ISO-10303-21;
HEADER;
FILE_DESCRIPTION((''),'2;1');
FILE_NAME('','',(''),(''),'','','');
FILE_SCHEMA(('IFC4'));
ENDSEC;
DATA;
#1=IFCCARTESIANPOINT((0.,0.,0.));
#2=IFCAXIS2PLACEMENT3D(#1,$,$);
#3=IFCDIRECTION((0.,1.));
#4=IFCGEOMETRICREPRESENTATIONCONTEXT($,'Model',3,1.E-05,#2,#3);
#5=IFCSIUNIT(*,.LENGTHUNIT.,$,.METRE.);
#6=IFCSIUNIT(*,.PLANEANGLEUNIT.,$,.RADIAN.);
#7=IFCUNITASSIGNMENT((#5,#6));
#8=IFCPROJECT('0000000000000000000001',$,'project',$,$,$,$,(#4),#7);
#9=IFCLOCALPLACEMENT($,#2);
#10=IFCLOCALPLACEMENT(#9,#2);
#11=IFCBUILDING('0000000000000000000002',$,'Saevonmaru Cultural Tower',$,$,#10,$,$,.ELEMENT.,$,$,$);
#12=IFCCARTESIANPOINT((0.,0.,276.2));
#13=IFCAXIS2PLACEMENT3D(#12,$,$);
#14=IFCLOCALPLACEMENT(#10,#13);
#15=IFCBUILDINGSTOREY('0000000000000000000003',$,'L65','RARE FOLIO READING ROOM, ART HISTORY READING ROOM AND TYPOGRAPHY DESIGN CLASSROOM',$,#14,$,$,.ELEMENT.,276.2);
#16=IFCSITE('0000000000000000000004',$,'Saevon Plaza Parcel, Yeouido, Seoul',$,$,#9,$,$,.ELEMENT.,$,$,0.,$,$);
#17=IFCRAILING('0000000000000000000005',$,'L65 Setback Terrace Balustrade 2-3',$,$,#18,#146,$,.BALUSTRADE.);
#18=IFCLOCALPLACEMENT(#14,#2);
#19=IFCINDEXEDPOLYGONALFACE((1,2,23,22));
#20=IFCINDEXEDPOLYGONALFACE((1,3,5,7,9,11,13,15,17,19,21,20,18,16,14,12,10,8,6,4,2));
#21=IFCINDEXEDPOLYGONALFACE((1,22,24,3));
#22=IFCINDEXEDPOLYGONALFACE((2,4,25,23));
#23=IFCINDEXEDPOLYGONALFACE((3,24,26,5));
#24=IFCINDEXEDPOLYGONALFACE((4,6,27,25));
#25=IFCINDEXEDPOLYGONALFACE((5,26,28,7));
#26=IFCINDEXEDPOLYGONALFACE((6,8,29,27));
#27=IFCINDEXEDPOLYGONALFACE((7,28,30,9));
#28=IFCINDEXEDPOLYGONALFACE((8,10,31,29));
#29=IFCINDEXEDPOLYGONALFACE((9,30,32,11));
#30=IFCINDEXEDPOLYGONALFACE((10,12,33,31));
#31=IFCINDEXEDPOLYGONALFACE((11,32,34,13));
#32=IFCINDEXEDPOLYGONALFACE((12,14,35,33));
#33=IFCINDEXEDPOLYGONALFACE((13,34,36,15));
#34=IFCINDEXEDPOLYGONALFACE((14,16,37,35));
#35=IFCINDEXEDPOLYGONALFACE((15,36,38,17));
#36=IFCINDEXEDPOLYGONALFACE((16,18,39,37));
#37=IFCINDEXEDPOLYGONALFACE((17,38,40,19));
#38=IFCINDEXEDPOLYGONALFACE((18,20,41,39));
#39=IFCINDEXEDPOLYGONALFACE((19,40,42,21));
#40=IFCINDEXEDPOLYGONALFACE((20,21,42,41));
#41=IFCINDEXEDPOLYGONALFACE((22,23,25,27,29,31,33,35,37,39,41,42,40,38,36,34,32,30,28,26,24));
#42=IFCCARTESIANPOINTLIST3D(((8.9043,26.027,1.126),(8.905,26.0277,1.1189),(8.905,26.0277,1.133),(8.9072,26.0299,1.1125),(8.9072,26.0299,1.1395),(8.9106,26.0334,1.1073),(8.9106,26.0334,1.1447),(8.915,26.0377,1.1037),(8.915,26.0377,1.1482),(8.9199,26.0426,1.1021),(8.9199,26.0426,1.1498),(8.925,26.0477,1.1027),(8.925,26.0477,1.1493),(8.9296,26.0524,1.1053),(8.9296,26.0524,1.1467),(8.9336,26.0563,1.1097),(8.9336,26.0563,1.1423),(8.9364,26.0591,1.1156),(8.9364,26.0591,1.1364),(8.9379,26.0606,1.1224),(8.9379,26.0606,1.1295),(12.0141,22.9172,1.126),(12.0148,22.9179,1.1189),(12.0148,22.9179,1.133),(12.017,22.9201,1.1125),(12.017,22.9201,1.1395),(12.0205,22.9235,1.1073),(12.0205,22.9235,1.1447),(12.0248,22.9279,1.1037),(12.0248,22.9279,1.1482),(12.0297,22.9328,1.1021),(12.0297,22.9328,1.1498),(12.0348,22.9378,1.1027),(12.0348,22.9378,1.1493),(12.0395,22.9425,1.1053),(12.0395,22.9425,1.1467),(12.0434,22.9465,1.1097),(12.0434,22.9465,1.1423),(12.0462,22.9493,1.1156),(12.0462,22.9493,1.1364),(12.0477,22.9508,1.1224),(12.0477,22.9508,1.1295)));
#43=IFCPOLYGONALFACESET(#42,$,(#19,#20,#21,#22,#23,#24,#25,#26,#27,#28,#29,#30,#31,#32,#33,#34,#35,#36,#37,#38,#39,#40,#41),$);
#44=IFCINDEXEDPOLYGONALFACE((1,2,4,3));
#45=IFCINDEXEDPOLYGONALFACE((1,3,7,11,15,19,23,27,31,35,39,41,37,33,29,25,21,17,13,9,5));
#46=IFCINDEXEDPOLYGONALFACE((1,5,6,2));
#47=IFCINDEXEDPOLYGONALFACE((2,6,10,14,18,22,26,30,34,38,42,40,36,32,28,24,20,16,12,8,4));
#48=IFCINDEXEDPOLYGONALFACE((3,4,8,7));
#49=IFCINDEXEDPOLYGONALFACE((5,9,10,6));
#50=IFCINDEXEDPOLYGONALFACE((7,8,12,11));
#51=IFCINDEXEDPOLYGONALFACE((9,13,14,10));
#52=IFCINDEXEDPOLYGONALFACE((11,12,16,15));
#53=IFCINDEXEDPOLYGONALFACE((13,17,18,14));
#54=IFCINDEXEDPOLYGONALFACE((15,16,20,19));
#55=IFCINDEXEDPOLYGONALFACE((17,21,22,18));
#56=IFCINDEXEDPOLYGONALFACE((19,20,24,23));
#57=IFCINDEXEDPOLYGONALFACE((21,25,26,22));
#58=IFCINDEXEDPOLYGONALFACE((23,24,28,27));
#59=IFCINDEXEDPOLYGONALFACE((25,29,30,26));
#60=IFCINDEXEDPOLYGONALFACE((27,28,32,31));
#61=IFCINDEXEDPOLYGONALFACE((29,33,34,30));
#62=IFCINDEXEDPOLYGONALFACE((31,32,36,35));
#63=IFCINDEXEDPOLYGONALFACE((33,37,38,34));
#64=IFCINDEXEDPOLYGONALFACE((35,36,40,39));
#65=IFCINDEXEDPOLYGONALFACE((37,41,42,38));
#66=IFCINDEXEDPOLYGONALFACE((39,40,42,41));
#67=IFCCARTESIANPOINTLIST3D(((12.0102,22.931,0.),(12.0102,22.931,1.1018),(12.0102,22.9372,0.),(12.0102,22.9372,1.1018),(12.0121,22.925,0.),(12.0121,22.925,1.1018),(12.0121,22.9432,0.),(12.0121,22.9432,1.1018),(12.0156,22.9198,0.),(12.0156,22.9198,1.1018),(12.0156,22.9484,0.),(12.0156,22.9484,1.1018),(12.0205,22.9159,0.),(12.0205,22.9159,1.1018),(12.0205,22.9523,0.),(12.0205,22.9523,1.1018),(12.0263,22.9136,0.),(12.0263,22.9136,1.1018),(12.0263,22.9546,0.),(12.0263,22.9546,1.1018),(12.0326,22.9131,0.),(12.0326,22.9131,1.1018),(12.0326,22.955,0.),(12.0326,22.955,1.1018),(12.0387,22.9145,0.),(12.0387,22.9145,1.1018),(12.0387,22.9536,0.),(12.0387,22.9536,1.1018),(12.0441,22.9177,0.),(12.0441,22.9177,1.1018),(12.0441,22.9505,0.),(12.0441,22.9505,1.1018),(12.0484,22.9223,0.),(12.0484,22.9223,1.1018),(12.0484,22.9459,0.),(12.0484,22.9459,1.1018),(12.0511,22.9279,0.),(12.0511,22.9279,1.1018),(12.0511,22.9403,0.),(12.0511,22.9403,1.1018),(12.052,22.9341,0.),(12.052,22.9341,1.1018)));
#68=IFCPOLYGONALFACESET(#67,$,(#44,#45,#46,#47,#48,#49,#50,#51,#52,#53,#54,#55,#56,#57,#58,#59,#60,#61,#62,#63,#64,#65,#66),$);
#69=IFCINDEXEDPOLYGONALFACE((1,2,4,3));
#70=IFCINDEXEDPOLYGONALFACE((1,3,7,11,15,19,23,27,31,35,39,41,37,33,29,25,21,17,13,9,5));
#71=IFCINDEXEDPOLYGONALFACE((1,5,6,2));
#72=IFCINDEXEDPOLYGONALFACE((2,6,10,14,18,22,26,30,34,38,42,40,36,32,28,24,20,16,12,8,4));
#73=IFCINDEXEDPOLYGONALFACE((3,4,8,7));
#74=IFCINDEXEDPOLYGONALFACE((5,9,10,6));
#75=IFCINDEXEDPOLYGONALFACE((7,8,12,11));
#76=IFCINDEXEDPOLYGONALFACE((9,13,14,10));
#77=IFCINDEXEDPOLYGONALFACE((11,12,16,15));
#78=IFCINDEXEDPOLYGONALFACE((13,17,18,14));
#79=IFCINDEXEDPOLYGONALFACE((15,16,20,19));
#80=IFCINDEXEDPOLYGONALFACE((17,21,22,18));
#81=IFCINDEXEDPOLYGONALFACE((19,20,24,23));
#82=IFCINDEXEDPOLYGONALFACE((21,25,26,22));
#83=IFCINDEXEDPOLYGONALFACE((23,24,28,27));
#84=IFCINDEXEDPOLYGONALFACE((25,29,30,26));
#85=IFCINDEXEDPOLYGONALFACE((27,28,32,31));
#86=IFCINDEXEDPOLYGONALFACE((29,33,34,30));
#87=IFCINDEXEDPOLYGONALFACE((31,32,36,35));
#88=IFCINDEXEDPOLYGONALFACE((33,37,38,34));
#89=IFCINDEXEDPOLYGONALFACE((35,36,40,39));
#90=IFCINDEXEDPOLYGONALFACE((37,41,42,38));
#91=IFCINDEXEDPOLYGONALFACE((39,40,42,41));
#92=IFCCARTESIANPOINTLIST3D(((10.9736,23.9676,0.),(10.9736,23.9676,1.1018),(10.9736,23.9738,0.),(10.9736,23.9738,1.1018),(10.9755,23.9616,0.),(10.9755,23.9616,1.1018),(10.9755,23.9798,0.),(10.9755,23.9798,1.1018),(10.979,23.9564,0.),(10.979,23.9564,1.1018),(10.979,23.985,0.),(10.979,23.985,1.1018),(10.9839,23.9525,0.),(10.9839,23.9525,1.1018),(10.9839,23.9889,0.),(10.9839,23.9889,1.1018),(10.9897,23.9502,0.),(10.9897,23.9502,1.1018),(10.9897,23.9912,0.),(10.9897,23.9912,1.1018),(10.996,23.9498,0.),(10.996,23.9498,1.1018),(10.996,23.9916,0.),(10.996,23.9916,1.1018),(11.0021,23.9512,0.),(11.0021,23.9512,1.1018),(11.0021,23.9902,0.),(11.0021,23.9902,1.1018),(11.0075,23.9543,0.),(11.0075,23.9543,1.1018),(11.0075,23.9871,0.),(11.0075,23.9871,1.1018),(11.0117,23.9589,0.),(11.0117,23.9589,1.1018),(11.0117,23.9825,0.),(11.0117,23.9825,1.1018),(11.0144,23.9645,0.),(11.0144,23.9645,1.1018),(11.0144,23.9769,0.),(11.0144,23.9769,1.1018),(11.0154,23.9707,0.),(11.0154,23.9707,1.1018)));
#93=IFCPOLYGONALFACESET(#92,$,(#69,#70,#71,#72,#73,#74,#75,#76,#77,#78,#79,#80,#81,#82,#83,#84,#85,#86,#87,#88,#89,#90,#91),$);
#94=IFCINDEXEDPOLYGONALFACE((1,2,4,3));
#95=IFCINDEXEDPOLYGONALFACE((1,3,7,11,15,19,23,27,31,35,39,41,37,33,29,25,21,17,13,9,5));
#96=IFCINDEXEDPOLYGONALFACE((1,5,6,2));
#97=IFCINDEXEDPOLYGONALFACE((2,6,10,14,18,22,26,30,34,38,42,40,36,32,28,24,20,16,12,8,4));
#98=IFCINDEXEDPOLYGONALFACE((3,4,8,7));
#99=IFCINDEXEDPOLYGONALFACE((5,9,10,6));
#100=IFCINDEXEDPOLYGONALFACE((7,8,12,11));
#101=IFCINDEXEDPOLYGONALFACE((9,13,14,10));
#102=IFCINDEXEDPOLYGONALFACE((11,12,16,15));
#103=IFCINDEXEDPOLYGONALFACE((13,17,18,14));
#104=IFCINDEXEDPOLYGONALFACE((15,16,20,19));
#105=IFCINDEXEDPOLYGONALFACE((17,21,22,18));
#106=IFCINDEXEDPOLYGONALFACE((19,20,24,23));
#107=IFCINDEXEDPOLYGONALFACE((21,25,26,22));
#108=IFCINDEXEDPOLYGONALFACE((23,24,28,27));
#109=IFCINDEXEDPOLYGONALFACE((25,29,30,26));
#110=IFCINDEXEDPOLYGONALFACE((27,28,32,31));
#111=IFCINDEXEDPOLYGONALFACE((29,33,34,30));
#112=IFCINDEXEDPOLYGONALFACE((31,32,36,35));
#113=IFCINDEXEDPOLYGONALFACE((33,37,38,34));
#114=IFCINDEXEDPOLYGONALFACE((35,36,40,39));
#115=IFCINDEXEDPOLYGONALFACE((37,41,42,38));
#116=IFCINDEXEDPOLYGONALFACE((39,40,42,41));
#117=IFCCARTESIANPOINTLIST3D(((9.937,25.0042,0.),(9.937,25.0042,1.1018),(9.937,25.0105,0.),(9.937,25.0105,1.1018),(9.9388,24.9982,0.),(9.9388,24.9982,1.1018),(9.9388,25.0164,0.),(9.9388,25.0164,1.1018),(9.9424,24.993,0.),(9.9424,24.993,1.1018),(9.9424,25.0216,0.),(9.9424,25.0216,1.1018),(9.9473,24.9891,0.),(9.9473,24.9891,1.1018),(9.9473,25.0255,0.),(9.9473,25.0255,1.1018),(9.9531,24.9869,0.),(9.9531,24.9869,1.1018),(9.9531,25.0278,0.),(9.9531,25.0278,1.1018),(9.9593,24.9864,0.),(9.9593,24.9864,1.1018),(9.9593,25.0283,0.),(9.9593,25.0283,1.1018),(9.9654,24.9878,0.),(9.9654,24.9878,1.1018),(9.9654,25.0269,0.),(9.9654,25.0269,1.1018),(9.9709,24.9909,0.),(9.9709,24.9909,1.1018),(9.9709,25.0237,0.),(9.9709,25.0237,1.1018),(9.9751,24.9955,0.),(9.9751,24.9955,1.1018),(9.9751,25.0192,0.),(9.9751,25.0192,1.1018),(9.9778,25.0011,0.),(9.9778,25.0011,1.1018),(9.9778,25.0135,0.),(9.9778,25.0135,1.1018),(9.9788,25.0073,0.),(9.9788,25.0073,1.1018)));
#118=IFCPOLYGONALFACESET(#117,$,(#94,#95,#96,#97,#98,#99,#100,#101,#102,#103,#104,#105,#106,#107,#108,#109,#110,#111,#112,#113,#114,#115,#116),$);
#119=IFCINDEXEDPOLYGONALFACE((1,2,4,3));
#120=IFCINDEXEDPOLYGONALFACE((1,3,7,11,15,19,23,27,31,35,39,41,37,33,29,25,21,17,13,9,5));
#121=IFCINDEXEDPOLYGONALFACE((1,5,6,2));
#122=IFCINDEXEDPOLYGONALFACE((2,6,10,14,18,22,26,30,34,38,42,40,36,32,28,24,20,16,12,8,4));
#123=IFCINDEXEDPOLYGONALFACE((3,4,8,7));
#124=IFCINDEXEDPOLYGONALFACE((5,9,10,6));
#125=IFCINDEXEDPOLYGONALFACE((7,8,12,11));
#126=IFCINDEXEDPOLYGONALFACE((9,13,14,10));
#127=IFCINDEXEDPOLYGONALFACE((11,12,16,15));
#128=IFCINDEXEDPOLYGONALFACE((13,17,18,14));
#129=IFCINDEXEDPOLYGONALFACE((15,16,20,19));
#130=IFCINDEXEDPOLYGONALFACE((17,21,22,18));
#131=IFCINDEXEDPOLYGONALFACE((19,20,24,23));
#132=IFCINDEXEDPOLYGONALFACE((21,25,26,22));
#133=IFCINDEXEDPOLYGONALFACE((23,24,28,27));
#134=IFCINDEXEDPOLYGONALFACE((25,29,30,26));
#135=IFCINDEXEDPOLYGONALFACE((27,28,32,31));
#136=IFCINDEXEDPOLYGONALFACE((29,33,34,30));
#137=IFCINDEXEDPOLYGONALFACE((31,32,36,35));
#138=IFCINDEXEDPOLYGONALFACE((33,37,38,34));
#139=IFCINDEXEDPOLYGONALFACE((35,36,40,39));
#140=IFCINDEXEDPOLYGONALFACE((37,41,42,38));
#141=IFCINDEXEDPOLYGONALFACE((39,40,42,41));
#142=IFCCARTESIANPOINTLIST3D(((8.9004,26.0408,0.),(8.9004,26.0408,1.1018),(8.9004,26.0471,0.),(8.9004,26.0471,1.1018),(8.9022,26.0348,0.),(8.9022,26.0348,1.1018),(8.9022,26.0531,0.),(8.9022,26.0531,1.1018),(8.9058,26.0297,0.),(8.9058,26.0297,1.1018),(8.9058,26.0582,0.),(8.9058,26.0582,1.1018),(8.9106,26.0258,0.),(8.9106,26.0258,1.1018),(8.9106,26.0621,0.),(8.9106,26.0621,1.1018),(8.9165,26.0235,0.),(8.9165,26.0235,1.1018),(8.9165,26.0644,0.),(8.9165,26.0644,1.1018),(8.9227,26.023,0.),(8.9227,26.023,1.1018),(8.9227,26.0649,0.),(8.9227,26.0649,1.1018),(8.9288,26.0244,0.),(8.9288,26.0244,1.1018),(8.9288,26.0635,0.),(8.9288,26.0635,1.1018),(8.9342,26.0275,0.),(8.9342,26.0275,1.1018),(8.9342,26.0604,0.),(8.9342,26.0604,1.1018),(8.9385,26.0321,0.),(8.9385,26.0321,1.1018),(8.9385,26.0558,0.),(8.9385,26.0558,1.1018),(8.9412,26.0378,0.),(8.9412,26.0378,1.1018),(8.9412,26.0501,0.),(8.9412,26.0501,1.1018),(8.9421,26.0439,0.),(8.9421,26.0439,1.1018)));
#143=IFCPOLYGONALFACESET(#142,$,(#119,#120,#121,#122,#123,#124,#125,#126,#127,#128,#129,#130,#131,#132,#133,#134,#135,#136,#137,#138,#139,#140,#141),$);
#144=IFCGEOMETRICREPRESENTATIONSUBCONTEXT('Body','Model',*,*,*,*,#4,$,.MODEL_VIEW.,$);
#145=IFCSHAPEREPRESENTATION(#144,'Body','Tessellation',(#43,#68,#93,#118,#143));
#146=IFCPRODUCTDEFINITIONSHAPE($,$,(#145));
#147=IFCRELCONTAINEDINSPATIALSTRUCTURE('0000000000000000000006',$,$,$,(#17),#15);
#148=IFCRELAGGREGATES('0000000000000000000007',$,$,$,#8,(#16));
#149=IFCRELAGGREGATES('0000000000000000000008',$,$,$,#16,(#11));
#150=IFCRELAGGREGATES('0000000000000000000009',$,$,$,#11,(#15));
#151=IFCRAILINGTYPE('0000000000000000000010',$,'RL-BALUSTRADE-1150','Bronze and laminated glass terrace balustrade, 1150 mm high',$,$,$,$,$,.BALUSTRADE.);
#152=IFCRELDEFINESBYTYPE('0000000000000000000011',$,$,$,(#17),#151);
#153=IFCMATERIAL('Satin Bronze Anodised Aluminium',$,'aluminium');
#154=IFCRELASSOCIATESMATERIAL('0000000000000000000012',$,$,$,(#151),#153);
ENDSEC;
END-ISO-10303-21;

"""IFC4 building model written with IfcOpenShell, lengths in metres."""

from ifc_helpers import new_model, si_unit, direction, frame, origin, origin_2d, place, context, subcontext, project, spatial, circle, extrude, material, type_object, element, save


model = new_model("IFC4")

# Units and contexts
model_context = context("Model", 3, precision=1e-05, world=origin(), true_north=direction((0.0, 1.0)))
body_context = subcontext(model_context, "Body", "Model", "MODEL_VIEW")
ifc_project = project(units=[si_unit("LENGTHUNIT", "METRE"), si_unit("PLANEANGLEUNIT", "RADIAN")], contexts=[model_context])

# Site, building, storey
site_placement = place(None, origin())
site = spatial("IfcSite", under=ifc_project, at=site_placement, Name="Saevon Plaza Parcel, Yeouido, Seoul", CompositionType="ELEMENT", RefElevation=0.0)
building_placement = place(site_placement, origin())
building = spatial("IfcBuilding", under=site, at=building_placement, Name="Saevonmaru Cultural Tower", CompositionType="ELEMENT")
storey_placement = place(building_placement, frame((0.0, 0.0, 276.2)))
storey = spatial("IfcBuildingStorey", under=building, at=storey_placement, Name="L65", Description="RARE FOLIO READING ROOM, ART HISTORY READING ROOM AND TYPOGRAPHY DESIGN CLASSROOM", CompositionType="ELEMENT", Elevation=276.2)

# Shared definitions
ifc_material_1 = material(Name="Satin Bronze Anodised Aluminium", Category="aluminium")

# Railing
railing_type = type_object("IfcRailingType", Name="RL-BALUSTRADE-1150", Description="Bronze and laminated glass terrace balustrade, 1150 mm high", PredefinedType="BALUSTRADE", material=ifc_material_1)
railing_1_placement = place(storey_placement, frame((12.031, 22.9341, 0.0)))
element("IfcRailing", 1, at=railing_1_placement, inside=storey, type_object=railing_type, Name="L65 Setback Terrace Balustrade 2-3", PredefinedType="BALUSTRADE", context=body_context, shape_type="SweptSolid", body=[
    extrude(circle(Radius=0.0239, at=origin_2d()), frame((0.0, 0.0, 1.126), z_axis=(-0.707107, 0.707107, 0.0), x_axis=(-0.707107, -0.707107, 0.0)), (0.0, 0.0, 1.0), 4.3979),
    extrude(circle(Radius=0.021, at=origin_2d()), origin(), (0.0, 0.0, 1.0), 1.1018),
    extrude(circle(Radius=0.021, at=origin_2d()), frame((-1.0366, 1.0366, 0.0)), (0.0, 0.0, 1.0), 1.1018),
    extrude(circle(Radius=0.021, at=origin_2d()), frame((-2.0732, 2.0732, 0.0)), (0.0, 0.0, 1.0), 1.1018),
    extrude(circle(Radius=0.021, at=origin_2d()), frame((-3.1099, 3.1099, 0.0)), (0.0, 0.0, 1.0), 1.1018),
])

save(model, "model.ifc")
